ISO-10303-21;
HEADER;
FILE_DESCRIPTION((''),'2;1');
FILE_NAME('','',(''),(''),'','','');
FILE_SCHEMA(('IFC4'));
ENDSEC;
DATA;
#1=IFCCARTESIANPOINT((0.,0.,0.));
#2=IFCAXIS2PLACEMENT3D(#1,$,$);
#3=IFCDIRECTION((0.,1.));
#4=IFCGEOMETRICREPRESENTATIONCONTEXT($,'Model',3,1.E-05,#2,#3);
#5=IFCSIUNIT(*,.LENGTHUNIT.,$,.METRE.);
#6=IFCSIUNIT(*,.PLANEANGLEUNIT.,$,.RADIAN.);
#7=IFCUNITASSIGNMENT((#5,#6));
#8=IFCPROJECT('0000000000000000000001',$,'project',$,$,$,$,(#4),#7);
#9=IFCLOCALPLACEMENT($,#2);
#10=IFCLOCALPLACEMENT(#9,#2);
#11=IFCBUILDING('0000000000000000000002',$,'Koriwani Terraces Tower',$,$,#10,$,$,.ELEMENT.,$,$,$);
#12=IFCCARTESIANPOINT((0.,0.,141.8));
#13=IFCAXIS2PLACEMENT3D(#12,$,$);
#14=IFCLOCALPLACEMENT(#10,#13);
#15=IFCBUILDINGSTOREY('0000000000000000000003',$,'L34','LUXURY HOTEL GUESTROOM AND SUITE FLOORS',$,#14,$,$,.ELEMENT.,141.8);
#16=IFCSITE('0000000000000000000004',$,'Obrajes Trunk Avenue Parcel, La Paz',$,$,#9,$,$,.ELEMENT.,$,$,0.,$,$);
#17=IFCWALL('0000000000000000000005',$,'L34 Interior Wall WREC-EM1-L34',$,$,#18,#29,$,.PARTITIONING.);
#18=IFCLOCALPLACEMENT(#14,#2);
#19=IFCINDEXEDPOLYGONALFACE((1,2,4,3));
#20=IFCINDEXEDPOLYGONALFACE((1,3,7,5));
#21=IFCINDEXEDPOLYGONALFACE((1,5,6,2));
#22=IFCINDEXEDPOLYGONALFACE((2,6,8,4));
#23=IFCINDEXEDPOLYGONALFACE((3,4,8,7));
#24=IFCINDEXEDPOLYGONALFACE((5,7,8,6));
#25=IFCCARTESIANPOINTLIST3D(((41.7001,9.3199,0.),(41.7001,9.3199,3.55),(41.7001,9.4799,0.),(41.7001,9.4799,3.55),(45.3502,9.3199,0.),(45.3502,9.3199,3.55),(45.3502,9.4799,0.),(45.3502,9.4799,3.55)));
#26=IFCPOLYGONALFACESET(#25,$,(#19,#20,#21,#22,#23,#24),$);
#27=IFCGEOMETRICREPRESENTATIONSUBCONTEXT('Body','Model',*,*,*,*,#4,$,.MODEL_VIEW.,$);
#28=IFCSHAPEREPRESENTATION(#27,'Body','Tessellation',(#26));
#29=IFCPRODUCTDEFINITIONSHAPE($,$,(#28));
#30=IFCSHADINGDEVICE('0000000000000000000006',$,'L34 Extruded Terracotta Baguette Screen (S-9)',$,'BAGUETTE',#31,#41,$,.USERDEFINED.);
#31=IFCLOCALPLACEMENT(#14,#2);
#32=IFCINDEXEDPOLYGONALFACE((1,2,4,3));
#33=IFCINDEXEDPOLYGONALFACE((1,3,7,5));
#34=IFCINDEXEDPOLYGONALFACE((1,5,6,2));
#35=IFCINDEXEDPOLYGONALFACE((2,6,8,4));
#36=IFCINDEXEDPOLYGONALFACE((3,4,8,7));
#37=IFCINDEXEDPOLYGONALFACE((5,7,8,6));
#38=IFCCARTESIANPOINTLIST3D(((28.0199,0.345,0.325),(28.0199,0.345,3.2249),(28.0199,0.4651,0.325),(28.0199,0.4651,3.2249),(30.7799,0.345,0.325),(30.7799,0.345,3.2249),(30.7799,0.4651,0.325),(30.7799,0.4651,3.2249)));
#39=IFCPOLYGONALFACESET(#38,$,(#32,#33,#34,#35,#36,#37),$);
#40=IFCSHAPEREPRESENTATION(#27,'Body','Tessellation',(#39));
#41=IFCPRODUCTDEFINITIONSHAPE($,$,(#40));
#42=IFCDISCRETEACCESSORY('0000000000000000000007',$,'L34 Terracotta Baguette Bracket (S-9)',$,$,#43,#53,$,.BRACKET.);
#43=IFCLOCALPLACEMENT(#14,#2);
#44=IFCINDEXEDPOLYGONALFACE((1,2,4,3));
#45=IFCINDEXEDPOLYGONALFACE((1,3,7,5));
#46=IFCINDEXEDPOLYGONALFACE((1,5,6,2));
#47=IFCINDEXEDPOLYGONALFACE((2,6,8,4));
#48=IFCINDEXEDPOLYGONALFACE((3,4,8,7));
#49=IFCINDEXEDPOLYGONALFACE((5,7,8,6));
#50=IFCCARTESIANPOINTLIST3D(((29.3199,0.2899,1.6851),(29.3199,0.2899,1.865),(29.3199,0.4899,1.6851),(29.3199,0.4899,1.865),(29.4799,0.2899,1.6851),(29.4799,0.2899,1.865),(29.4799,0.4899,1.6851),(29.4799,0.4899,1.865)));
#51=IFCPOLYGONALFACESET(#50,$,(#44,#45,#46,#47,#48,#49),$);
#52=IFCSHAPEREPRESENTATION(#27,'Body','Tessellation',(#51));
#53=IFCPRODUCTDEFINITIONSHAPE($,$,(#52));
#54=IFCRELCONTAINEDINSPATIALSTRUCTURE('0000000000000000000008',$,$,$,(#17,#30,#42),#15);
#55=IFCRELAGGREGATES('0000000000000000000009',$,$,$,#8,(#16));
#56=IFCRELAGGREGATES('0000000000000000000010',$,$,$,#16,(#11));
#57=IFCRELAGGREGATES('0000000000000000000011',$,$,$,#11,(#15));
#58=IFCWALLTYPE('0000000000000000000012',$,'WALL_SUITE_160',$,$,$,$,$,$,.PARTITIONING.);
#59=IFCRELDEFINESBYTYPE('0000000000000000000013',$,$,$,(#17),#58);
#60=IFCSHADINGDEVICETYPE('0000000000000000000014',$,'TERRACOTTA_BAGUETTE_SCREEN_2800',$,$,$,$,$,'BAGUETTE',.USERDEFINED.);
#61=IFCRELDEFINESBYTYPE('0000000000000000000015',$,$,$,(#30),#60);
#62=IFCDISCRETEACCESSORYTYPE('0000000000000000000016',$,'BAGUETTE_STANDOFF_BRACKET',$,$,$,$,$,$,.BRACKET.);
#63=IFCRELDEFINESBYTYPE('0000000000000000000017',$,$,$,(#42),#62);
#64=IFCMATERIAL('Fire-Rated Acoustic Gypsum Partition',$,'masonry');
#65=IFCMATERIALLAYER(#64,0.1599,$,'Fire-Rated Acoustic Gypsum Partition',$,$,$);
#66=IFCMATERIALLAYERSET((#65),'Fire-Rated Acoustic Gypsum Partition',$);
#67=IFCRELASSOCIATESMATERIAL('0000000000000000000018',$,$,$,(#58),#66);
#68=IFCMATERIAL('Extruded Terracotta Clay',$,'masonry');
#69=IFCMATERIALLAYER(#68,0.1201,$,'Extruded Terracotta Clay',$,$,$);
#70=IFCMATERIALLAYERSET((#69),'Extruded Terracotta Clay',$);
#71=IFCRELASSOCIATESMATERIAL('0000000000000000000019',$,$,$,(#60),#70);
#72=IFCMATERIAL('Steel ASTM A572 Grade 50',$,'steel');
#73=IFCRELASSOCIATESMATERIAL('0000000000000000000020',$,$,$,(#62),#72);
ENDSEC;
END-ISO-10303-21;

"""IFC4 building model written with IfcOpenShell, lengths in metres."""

from ifc_helpers import new_model, si_unit, direction, frame, frame_2d, origin, origin_2d, place, context, subcontext, project, spatial, rectangle, extrude, material, layer, layer_set, type_object, element, save


model = new_model("IFC4")

# Units and contexts
model_context = context("Model", 3, precision=1e-05, world=origin(), true_north=direction((0.0, 1.0)))
body_context = subcontext(model_context, "Body", "Model", "MODEL_VIEW")
ifc_project = project(units=[si_unit("LENGTHUNIT", "METRE"), si_unit("PLANEANGLEUNIT", "RADIAN")], contexts=[model_context])

# Site, building, storey
site_placement = place(None, origin())
site = spatial("IfcSite", under=ifc_project, at=site_placement, Name="Obrajes Trunk Avenue Parcel, La Paz", CompositionType="ELEMENT", RefElevation=0.0)
building_placement = place(site_placement, origin())
building = spatial("IfcBuilding", under=site, at=building_placement, Name="Koriwani Terraces Tower", CompositionType="ELEMENT")
storey_placement = place(building_placement, frame((0.0, 0.0, 141.8)))
storey = spatial("IfcBuildingStorey", under=building, at=storey_placement, Name="L34", Description="LUXURY HOTEL GUESTROOM AND SUITE FLOORS", CompositionType="ELEMENT", Elevation=141.8)

# Shared definitions
ifc_material_1 = material(Name="Steel ASTM A572 Grade 50", Category="steel")

# Wall
ifc_material_2 = material(Name="Fire-Rated Acoustic Gypsum Partition", Category="masonry")
ifc_layer_1 = layer(ifc_material_2, 0.1599, Name="Fire-Rated Acoustic Gypsum Partition")
ifc_layer_set_1 = layer_set([ifc_layer_1], Name="Fire-Rated Acoustic Gypsum Partition")
wall_type_1 = type_object("IfcWallType", Name="WALL_SUITE_160", PredefinedType="PARTITIONING", material=ifc_layer_set_1)
wall_1_placement = place(storey_placement, frame((41.7, 9.3999, 0.0), z_axis=(0.0, 0.0, 1.0), x_axis=(1.0, 0.0, 0.0)))
element("IfcWall", 1, at=wall_1_placement, inside=storey, type_object=wall_type_1, Name="L34 Interior Wall WREC-EM1-L34", PredefinedType="PARTITIONING", context=body_context, shape_type="SweptSolid", body=[
    extrude(rectangle(XDim=3.6501, YDim=0.1599, at=frame_2d((1.8252, 0.0))), origin(), (0.0, 0.0, 1.0), 3.55),
])

# Shading device
ifc_material_3 = material(Name="Extruded Terracotta Clay", Category="masonry")
ifc_layer_2 = layer(ifc_material_3, 0.1201, Name="Extruded Terracotta Clay")
ifc_layer_set_2 = layer_set([ifc_layer_2], Name="Extruded Terracotta Clay")
shading_device_type = type_object("IfcShadingDeviceType", Name="TERRACOTTA_BAGUETTE_SCREEN_2800", ElementType="BAGUETTE", PredefinedType="USERDEFINED", material=ifc_layer_set_2)
shading_device_placement = place(storey_placement, frame((29.3999, 0.405, 0.325), z_axis=(0.0, 0.0, 1.0), x_axis=(-1.0, 0.0, 0.0)))
element("IfcShadingDevice", 2, at=shading_device_placement, inside=storey, type_object=shading_device_type, Name="L34 Extruded Terracotta Baguette Screen (S-9)", ObjectType="BAGUETTE", PredefinedType="USERDEFINED", context=body_context, shape_type="SweptSolid", body=[
    extrude(rectangle(XDim=2.76, YDim=0.1201, at=origin_2d()), origin(), (0.0, 0.0, 1.0), 2.8999),
])

# Discrete accessory
discrete_accessory_type = type_object("IfcDiscreteAccessoryType", Name="BAGUETTE_STANDOFF_BRACKET", PredefinedType="BRACKET", material=ifc_material_1)
discrete_accessory_placement = place(storey_placement, frame((29.3999, 0.3899, 1.6851), z_axis=(0.0, 0.0, 1.0), x_axis=(-1.0, 0.0, 0.0)))
element("IfcDiscreteAccessory", 3, at=discrete_accessory_placement, inside=storey, type_object=discrete_accessory_type, Name="L34 Terracotta Baguette Bracket (S-9)", PredefinedType="BRACKET", context=body_context, shape_type="SweptSolid", body=[
    extrude(rectangle(XDim=0.1599, YDim=0.2, at=origin_2d()), origin(), (0.0, 0.0, 1.0), 0.1799),
])

save(model, "model.ifc")
